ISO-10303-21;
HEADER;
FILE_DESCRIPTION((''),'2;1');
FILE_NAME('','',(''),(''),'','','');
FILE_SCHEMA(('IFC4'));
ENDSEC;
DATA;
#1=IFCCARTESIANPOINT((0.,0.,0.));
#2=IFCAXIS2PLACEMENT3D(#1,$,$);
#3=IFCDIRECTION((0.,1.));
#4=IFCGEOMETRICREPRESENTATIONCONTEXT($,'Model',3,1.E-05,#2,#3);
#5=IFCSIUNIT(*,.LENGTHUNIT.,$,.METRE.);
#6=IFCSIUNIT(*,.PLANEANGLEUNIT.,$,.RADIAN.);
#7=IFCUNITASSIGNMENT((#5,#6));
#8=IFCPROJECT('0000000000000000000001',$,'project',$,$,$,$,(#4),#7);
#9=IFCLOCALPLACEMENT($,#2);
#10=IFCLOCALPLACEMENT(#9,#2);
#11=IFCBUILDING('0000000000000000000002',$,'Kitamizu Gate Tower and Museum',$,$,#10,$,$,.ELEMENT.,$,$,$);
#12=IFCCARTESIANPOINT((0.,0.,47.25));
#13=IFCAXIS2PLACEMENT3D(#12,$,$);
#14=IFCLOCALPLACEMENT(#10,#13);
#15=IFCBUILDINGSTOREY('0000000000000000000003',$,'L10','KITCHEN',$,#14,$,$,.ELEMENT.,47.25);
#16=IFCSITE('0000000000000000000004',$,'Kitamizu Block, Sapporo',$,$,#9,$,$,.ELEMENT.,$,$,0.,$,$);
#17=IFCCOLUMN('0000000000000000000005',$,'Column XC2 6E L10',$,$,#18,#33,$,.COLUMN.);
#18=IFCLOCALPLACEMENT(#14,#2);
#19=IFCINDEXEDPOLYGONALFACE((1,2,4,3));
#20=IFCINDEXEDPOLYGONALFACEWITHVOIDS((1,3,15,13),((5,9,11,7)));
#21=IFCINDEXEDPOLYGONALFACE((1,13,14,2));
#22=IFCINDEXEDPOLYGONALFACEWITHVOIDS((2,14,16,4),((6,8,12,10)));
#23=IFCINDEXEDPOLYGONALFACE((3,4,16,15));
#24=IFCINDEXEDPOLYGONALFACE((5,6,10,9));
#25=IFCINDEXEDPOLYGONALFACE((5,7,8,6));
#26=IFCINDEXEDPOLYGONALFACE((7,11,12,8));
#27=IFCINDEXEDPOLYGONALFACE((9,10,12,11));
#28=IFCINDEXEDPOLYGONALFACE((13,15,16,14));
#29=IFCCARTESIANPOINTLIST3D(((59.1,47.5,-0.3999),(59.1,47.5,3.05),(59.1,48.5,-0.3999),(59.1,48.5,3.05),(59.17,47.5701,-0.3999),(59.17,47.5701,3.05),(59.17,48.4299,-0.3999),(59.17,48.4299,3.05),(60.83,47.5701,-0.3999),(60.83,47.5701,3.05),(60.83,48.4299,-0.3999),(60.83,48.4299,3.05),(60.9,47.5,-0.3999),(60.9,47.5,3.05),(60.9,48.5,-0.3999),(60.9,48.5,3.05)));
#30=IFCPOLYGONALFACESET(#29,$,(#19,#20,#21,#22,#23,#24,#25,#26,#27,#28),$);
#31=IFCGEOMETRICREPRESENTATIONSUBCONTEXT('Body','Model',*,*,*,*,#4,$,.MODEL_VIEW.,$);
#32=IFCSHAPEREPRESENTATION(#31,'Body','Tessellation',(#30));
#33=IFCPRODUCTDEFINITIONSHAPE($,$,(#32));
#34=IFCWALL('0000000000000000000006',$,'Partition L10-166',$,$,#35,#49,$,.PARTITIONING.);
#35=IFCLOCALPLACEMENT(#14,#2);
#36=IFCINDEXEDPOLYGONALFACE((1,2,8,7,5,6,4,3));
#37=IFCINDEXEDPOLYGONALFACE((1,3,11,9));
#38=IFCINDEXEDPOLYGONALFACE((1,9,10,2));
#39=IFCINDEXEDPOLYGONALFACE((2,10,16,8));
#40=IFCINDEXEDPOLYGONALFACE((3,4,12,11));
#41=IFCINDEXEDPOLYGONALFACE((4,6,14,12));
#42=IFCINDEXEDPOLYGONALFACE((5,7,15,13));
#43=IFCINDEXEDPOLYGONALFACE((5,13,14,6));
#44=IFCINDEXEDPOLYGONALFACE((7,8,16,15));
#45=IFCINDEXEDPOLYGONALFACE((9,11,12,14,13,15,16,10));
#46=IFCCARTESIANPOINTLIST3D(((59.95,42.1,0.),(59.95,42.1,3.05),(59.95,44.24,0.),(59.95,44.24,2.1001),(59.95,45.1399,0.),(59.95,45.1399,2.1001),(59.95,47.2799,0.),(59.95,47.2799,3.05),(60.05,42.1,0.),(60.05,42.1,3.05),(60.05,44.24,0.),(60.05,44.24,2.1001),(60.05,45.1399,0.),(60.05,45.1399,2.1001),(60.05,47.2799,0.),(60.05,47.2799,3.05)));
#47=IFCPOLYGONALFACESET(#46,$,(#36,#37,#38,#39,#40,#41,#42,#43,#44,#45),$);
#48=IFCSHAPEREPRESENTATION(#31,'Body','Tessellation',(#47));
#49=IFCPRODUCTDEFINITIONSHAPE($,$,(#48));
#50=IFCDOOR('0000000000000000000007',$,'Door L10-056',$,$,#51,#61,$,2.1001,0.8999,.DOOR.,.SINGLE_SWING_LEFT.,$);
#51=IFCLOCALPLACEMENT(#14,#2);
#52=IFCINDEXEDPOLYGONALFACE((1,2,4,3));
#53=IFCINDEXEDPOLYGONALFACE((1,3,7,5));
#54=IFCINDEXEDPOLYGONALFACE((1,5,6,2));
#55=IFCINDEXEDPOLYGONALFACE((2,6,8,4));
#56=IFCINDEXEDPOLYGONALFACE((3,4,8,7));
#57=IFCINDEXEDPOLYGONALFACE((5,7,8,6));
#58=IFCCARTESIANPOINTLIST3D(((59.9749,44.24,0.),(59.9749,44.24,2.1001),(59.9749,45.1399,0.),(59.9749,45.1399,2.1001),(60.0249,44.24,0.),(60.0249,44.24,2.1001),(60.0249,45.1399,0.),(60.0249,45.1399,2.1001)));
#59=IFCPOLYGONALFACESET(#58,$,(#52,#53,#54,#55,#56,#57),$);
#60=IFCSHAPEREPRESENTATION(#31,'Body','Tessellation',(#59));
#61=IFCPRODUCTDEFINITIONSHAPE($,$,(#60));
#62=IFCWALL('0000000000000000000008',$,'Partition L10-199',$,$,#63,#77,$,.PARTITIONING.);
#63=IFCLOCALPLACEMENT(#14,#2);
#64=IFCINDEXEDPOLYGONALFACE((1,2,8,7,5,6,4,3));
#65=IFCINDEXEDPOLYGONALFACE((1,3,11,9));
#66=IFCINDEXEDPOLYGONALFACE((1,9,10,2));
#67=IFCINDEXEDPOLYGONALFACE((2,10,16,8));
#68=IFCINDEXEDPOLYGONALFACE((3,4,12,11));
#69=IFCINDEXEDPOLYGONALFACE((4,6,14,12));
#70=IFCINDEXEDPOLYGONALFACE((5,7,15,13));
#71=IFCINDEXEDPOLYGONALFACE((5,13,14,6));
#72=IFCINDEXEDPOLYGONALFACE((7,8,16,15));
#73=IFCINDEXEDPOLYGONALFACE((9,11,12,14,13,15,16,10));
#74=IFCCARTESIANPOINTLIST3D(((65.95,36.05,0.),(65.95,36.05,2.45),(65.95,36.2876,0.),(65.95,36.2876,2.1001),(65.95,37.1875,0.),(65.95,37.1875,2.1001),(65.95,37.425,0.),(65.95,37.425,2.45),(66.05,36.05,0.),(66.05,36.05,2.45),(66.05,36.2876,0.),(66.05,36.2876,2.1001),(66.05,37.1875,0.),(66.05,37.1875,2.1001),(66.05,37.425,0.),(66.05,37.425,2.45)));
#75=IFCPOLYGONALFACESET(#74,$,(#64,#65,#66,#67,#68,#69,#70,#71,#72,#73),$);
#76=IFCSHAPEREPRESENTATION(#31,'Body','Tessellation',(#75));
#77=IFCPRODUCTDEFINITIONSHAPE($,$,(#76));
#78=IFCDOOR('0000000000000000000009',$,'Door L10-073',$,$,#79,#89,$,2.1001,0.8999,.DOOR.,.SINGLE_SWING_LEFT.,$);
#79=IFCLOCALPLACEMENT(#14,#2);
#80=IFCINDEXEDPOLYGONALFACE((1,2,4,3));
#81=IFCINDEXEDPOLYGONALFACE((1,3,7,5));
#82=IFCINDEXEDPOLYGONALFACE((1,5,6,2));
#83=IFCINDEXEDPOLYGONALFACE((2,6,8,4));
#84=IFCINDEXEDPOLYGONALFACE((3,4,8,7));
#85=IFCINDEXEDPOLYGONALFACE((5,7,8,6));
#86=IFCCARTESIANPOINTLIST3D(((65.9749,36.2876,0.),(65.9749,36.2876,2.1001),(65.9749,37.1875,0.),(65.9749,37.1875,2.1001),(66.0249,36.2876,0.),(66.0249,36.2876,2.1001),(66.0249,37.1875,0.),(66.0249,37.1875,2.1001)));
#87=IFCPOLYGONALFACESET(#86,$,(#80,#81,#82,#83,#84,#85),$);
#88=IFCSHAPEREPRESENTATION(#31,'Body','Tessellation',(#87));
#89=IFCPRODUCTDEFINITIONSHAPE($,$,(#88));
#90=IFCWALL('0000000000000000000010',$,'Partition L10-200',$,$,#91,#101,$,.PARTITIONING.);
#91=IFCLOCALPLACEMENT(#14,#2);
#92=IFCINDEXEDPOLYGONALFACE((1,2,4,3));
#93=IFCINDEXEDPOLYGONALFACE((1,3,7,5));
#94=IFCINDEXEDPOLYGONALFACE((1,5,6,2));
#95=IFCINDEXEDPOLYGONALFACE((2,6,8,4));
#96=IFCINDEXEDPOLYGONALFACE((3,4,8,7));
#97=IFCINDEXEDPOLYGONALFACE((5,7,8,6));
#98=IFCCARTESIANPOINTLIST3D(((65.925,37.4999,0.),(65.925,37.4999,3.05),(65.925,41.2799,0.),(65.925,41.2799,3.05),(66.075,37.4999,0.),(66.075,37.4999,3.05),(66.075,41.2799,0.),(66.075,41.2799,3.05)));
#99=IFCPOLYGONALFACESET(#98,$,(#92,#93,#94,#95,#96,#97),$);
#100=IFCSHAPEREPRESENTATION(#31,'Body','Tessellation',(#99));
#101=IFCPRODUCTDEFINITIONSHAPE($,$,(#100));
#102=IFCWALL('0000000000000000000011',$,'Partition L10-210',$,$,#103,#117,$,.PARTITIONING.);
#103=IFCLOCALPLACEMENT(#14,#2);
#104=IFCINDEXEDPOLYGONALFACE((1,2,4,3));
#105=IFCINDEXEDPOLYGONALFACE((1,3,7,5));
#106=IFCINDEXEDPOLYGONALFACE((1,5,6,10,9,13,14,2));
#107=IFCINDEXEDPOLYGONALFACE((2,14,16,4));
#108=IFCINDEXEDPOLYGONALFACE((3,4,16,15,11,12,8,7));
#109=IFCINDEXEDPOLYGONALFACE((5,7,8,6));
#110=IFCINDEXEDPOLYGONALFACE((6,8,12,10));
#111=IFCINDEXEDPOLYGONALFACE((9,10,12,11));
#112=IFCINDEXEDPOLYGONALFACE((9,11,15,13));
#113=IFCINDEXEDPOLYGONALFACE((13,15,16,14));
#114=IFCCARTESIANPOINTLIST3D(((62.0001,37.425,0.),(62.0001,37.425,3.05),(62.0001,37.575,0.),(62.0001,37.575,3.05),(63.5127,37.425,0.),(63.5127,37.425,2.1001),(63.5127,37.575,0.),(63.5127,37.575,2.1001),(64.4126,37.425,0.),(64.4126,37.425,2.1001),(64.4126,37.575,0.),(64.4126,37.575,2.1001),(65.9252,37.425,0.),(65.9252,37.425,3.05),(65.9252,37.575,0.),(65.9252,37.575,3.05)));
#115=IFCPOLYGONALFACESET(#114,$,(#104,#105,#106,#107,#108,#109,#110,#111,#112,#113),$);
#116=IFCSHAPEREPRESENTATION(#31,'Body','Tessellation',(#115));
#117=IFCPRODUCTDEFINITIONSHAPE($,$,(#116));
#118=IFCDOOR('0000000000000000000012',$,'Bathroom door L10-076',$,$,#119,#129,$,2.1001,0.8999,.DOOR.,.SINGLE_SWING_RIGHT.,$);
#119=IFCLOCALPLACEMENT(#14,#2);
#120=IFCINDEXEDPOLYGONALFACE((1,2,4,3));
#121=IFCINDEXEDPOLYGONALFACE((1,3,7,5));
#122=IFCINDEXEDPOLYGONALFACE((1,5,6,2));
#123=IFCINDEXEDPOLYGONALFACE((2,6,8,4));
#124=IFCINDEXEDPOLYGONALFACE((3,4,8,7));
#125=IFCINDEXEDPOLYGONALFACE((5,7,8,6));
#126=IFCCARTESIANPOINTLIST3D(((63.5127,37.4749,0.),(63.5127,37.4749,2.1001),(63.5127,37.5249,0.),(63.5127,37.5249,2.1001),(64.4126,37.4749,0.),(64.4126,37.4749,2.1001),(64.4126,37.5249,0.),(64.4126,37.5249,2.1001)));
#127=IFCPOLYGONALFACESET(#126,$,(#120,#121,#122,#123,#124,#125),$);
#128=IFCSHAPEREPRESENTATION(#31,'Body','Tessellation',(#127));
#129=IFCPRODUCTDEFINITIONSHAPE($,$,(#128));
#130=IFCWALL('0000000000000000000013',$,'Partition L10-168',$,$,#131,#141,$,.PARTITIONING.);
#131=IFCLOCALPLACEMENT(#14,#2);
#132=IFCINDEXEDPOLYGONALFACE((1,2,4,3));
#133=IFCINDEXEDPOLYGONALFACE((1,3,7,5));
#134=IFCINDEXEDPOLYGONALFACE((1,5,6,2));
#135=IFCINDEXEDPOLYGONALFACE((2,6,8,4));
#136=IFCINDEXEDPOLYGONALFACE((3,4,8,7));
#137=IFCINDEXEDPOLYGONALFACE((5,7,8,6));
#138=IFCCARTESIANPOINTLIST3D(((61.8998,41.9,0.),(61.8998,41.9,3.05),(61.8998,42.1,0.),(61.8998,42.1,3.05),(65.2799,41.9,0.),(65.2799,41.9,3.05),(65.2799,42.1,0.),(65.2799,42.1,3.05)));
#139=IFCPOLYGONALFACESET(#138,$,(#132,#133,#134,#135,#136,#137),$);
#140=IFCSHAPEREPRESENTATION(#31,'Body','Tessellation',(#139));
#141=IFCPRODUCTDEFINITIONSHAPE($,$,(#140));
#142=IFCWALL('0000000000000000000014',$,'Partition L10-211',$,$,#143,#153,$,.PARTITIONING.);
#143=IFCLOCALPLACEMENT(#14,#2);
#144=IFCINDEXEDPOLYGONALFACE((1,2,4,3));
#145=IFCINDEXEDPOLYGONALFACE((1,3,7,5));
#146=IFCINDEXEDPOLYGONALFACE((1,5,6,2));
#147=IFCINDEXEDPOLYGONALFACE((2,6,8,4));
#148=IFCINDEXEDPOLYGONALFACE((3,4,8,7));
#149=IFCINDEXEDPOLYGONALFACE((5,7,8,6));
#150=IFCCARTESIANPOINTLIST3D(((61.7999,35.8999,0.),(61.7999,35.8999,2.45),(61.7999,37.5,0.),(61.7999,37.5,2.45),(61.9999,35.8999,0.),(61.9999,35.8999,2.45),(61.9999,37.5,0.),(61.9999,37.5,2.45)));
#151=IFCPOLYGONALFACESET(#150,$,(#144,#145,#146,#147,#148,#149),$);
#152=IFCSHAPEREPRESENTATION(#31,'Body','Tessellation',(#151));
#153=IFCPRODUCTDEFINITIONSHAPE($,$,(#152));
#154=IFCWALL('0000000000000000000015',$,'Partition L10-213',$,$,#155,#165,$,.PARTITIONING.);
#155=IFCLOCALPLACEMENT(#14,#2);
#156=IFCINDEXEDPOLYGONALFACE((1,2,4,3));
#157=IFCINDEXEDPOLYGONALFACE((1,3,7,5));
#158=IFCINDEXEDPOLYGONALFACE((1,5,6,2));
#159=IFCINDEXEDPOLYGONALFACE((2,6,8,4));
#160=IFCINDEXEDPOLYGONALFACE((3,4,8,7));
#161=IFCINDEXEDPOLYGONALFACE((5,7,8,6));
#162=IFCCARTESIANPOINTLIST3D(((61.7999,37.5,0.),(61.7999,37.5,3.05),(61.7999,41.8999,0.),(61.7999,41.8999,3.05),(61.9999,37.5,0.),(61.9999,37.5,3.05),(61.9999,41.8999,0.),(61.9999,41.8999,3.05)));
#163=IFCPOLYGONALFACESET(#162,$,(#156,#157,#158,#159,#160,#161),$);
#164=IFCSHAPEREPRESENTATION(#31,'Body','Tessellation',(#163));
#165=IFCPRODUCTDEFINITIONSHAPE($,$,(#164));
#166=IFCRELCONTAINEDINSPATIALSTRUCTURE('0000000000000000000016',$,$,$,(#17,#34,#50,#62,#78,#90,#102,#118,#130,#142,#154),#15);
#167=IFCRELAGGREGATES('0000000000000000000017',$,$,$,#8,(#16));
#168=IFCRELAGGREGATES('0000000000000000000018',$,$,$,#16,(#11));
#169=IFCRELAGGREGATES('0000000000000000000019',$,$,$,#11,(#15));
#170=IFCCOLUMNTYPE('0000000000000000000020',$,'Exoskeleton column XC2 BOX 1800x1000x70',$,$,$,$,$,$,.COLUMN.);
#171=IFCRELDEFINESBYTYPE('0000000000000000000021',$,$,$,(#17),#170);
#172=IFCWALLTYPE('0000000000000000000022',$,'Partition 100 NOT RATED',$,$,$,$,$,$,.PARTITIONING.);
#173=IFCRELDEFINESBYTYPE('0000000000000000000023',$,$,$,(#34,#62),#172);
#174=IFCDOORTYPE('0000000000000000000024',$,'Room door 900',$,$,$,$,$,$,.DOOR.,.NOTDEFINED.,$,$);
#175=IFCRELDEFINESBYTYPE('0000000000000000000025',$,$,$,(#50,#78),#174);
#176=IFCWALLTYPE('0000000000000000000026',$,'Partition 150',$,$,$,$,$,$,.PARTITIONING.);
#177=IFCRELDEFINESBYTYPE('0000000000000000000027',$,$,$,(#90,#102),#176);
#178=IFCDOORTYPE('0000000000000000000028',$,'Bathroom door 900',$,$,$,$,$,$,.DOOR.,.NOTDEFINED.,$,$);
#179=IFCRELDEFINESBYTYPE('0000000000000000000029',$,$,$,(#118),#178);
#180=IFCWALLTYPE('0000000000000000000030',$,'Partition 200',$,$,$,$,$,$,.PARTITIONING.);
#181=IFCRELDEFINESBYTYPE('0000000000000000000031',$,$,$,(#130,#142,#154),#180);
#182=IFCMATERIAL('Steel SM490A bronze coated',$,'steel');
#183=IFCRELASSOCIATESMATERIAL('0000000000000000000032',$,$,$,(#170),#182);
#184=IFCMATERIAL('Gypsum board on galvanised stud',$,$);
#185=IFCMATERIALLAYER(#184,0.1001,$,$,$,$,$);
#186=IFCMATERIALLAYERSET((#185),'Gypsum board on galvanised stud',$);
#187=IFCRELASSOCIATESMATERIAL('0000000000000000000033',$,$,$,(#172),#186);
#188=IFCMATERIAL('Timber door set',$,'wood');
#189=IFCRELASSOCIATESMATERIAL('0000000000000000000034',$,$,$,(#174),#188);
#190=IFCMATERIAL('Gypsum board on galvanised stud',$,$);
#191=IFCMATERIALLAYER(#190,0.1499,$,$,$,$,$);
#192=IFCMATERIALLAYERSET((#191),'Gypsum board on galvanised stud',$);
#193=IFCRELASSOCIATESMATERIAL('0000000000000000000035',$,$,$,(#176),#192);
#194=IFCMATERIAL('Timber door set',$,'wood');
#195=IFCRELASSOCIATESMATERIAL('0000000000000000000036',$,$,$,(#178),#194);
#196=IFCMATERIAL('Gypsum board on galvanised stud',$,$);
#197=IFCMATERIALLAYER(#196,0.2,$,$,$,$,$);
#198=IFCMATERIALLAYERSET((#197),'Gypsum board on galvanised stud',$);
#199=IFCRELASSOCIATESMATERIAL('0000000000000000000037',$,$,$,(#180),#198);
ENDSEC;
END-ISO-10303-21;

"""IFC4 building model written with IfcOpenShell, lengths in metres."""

from ifc_helpers import new_model, si_unit, direction, frame, frame_2d, origin, origin_2d, place, context, subcontext, project, spatial, rectangle, hollow_rectangle, extrude, material, layer, layer_set, material_profile, profile_set, type_object, element, fill, save


model = new_model("IFC4")

# Units and contexts
model_context = context("Model", 3, precision=1e-05, world=origin(), true_north=direction((0.0, 1.0)))
body_context = subcontext(model_context, "Body", "Model", "MODEL_VIEW")
ifc_project = project(units=[si_unit("LENGTHUNIT", "METRE"), si_unit("PLANEANGLEUNIT", "RADIAN")], contexts=[model_context])

# Site, building, storey
site_placement = place(None, origin())
site = spatial("IfcSite", under=ifc_project, at=site_placement, Name="Kitamizu Block, Sapporo", CompositionType="ELEMENT", RefElevation=0.0)
building_placement = place(site_placement, origin())
building = spatial("IfcBuilding", under=site, at=building_placement, Name="Kitamizu Gate Tower and Museum", CompositionType="ELEMENT")
storey_placement = place(building_placement, frame((0.0, 0.0, 47.25)))
storey = spatial("IfcBuildingStorey", under=building, at=storey_placement, Name="L10", Description="KITCHEN", CompositionType="ELEMENT", Elevation=47.25)

# Column
ifc_material_1 = material(Name="Steel SM490A bronze coated", Category="steel")
ifc_material_profile = material_profile(ifc_material_1, hollow_rectangle(XDim=1.8, YDim=1.0, WallThickness=0.0701, at=origin_2d()), Name="BOX 1800x1000x70")
ifc_profile_set = profile_set([ifc_material_profile], Name="Steel SM490A bronze coated")
column_type = type_object("IfcColumnType", Name="Exoskeleton column XC2 BOX 1800x1000x70", PredefinedType="COLUMN", material=ifc_profile_set)
column_placement = place(storey_placement, frame((60.0, 48.0, -0.3999), z_axis=(0.0, 0.0, 1.0), x_axis=(1.0, 0.0, 0.0)))
element("IfcColumn", 1, at=column_placement, inside=storey, type_object=column_type, Name="Column XC2 6E L10", PredefinedType="COLUMN", context=body_context, shape_type="SweptSolid", body=[
    extrude(hollow_rectangle(XDim=1.8, YDim=1.0, WallThickness=0.0701, at=origin_2d()), origin(), (0.0, 0.0, 1.0), 3.45),
])

# Walls, openings, doors
ifc_material_2 = material(Name="Gypsum board on galvanised stud")
ifc_layer_1 = layer(ifc_material_2, 0.1001)
ifc_layer_set_1 = layer_set([ifc_layer_1], Name="Gypsum board on galvanised stud")
wall_type_1 = type_object("IfcWallType", Name="Partition 100 NOT RATED", PredefinedType="PARTITIONING", material=ifc_layer_set_1)
wall_1_placement = place(storey_placement, frame((60.0, 42.1001, 0.0), z_axis=(0.0, 0.0, 1.0), x_axis=(0.0, 1.0, 0.0)))
wall_1 = element("IfcWall", 2, at=wall_1_placement, inside=storey, type_object=wall_type_1, Name="Partition L10-166", PredefinedType="PARTITIONING", context=body_context, shape_type="SweptSolid", body=[
    extrude(rectangle(XDim=5.1799, YDim=0.1001, at=frame_2d((2.5898, 0.0))), origin(), (0.0, 0.0, 1.0), 3.05),
])
opening_1_placement = place(wall_1_placement, frame((2.1399, 0.0, 0.0)))
opening_1 = element("IfcOpeningElement", 3, at=opening_1_placement, cuts=wall_1, PredefinedType="OPENING", context=body_context, shape_type="SweptSolid", body=[
    extrude(rectangle(XDim=0.8999, YDim=2.1001, at=frame_2d((0.45, 1.05))), frame((0.0, 0.0601, 0.0), z_axis=(0.0, -1.0, 0.0), x_axis=(1.0, 0.0, 0.0)), (0.0, 0.0, 1.0), 0.1201),
])
ifc_material_3 = material(Name="Timber door set", Category="wood")
door_type_1 = type_object("IfcDoorType", Name="Room door 900", OperationType="NOTDEFINED", PredefinedType="DOOR", material=ifc_material_3)
door_1_placement = place(opening_1_placement, frame((0.8999, 0.0, 0.0), x_axis=(-1.0, 0.0, 0.0)))
door_1 = element("IfcDoor", 4, at=door_1_placement, inside=storey, type_object=door_type_1, Name="Door L10-056", OperationType="SINGLE_SWING_LEFT", OverallHeight=2.1001, OverallWidth=0.8999, PredefinedType="DOOR", context=body_context, shape_type="SweptSolid", body=[
    extrude(rectangle(XDim=0.8999, YDim=2.1001, at=frame_2d((0.45, 1.05))), frame((0.0, 0.0249, 0.0), z_axis=(0.0, -1.0, 0.0), x_axis=(1.0, 0.0, 0.0)), (0.0, 0.0, 1.0), 0.05),
])
fill(opening_1, door_1)
wall_2_placement = place(storey_placement, frame((66.0, 37.425, 0.0), z_axis=(0.0, 0.0, 1.0), x_axis=(0.0, -1.0, 0.0)))
wall_2 = element("IfcWall", 5, at=wall_2_placement, inside=storey, type_object=wall_type_1, Name="Partition L10-199", PredefinedType="PARTITIONING", context=body_context, shape_type="SweptSolid", body=[
    extrude(rectangle(XDim=1.375, YDim=0.1001, at=frame_2d((0.6875, 0.0))), origin(), (0.0, 0.0, 1.0), 2.45),
])
opening_2_placement = place(wall_2_placement, frame((0.2375, 0.0, 0.0)))
opening_2 = element("IfcOpeningElement", 6, at=opening_2_placement, cuts=wall_2, PredefinedType="OPENING", context=body_context, shape_type="SweptSolid", body=[
    extrude(rectangle(XDim=0.8999, YDim=2.1001, at=frame_2d((0.45, 1.05))), frame((0.0, 0.0601, 0.0), z_axis=(0.0, -1.0, 0.0), x_axis=(1.0, 0.0, 0.0)), (0.0, 0.0, 1.0), 0.1201),
])
door_2_placement = place(opening_2_placement, origin())
door_2 = element("IfcDoor", 7, at=door_2_placement, inside=storey, type_object=door_type_1, Name="Door L10-073", OperationType="SINGLE_SWING_LEFT", OverallHeight=2.1001, OverallWidth=0.8999, PredefinedType="DOOR", context=body_context, shape_type="SweptSolid", body=[
    extrude(rectangle(XDim=0.8999, YDim=2.1001, at=frame_2d((0.45, 1.05))), frame((0.0, 0.0249, 0.0), z_axis=(0.0, -1.0, 0.0), x_axis=(1.0, 0.0, 0.0)), (0.0, 0.0, 1.0), 0.05),
])
fill(opening_2, door_2)

# Wall
ifc_material_4 = material(Name="Gypsum board on galvanised stud")
ifc_layer_2 = layer(ifc_material_4, 0.1499)
ifc_layer_set_2 = layer_set([ifc_layer_2], Name="Gypsum board on galvanised stud")
wall_type_2 = type_object("IfcWallType", Name="Partition 150", PredefinedType="PARTITIONING", material=ifc_layer_set_2)
wall_3_placement = place(storey_placement, frame((66.0, 41.28, 0.0), z_axis=(0.0, 0.0, 1.0), x_axis=(0.0, -1.0, 0.0)))
element("IfcWall", 8, at=wall_3_placement, inside=storey, type_object=wall_type_2, Name="Partition L10-200", PredefinedType="PARTITIONING", context=body_context, shape_type="SweptSolid", body=[
    extrude(rectangle(XDim=3.78, YDim=0.1499, at=frame_2d((1.8901, 0.0))), origin(), (0.0, 0.0, 1.0), 3.05),
])

# Wall, opening, door
wall_4_placement = place(storey_placement, frame((65.925, 37.5, 0.0), z_axis=(0.0, 0.0, 1.0), x_axis=(-1.0, 0.0, 0.0)))
wall_4 = element("IfcWall", 9, at=wall_4_placement, inside=storey, type_object=wall_type_2, Name="Partition L10-210", PredefinedType="PARTITIONING", context=body_context, shape_type="SweptSolid", body=[
    extrude(rectangle(XDim=3.925, YDim=0.1499, at=frame_2d((1.9624, 0.0))), origin(), (0.0, 0.0, 1.0), 3.05),
])
opening_3_placement = place(wall_4_placement, frame((1.5125, 0.0, 0.0)))
opening_3 = element("IfcOpeningElement", 10, at=opening_3_placement, cuts=wall_4, PredefinedType="OPENING", context=body_context, shape_type="SweptSolid", body=[
    extrude(rectangle(XDim=0.8999, YDim=2.1001, at=frame_2d((0.45, 1.05))), frame((0.0, 0.085, 0.0), z_axis=(0.0, -1.0, 0.0), x_axis=(1.0, 0.0, 0.0)), (0.0, 0.0, 1.0), 0.1699),
])
ifc_material_5 = material(Name="Timber door set", Category="wood")
door_type_2 = type_object("IfcDoorType", Name="Bathroom door 900", OperationType="NOTDEFINED", PredefinedType="DOOR", material=ifc_material_5)
door_3_placement = place(opening_3_placement, frame((0.8999, 0.0, 0.0), x_axis=(-1.0, 0.0, 0.0)))
door_3 = element("IfcDoor", 11, at=door_3_placement, inside=storey, type_object=door_type_2, Name="Bathroom door L10-076", OperationType="SINGLE_SWING_RIGHT", OverallHeight=2.1001, OverallWidth=0.8999, PredefinedType="DOOR", context=body_context, shape_type="SweptSolid", body=[
    extrude(rectangle(XDim=0.8999, YDim=2.1001, at=frame_2d((0.45, 1.05))), frame((0.0, 0.0249, 0.0), z_axis=(0.0, -1.0, 0.0), x_axis=(1.0, 0.0, 0.0)), (0.0, 0.0, 1.0), 0.05),
])
fill(opening_3, door_3)

# Walls
ifc_material_6 = material(Name="Gypsum board on galvanised stud")
ifc_layer_3 = layer(ifc_material_6, 0.2)
ifc_layer_set_3 = layer_set([ifc_layer_3], Name="Gypsum board on galvanised stud")
wall_type_3 = type_object("IfcWallType", Name="Partition 200", PredefinedType="PARTITIONING", material=ifc_layer_set_3)
wall_5_placement = place(storey_placement, frame((61.8999, 42.0, 0.0), z_axis=(0.0, 0.0, 1.0), x_axis=(1.0, 0.0, 0.0)))
element("IfcWall", 12, at=wall_5_placement, inside=storey, type_object=wall_type_3, Name="Partition L10-168", PredefinedType="PARTITIONING", context=body_context, shape_type="SweptSolid", body=[
    extrude(rectangle(XDim=3.3801, YDim=0.2, at=frame_2d((1.6899, 0.0))), origin(), (0.0, 0.0, 1.0), 3.05),
])
wall_6_placement = place(storey_placement, frame((61.8999, 37.5, 0.0), z_axis=(0.0, 0.0, 1.0), x_axis=(0.0, -1.0, 0.0)))
element("IfcWall", 13, at=wall_6_placement, inside=storey, type_object=wall_type_3, Name="Partition L10-211", PredefinedType="PARTITIONING", context=body_context, shape_type="SweptSolid", body=[
    extrude(rectangle(XDim=1.6001, YDim=0.2, at=frame_2d((0.8, 0.0))), origin(), (0.0, 0.0, 1.0), 2.45),
])
wall_7_placement = place(storey_placement, frame((61.8999, 41.8999, 0.0), z_axis=(0.0, 0.0, 1.0), x_axis=(0.0, -1.0, 0.0)))
element("IfcWall", 14, at=wall_7_placement, inside=storey, type_object=wall_type_3, Name="Partition L10-213", PredefinedType="PARTITIONING", context=body_context, shape_type="SweptSolid", body=[
    extrude(rectangle(XDim=4.3999, YDim=0.2, at=frame_2d((2.2, 0.0))), origin(), (0.0, 0.0, 1.0), 3.05),
])

save(model, "model.ifc")
